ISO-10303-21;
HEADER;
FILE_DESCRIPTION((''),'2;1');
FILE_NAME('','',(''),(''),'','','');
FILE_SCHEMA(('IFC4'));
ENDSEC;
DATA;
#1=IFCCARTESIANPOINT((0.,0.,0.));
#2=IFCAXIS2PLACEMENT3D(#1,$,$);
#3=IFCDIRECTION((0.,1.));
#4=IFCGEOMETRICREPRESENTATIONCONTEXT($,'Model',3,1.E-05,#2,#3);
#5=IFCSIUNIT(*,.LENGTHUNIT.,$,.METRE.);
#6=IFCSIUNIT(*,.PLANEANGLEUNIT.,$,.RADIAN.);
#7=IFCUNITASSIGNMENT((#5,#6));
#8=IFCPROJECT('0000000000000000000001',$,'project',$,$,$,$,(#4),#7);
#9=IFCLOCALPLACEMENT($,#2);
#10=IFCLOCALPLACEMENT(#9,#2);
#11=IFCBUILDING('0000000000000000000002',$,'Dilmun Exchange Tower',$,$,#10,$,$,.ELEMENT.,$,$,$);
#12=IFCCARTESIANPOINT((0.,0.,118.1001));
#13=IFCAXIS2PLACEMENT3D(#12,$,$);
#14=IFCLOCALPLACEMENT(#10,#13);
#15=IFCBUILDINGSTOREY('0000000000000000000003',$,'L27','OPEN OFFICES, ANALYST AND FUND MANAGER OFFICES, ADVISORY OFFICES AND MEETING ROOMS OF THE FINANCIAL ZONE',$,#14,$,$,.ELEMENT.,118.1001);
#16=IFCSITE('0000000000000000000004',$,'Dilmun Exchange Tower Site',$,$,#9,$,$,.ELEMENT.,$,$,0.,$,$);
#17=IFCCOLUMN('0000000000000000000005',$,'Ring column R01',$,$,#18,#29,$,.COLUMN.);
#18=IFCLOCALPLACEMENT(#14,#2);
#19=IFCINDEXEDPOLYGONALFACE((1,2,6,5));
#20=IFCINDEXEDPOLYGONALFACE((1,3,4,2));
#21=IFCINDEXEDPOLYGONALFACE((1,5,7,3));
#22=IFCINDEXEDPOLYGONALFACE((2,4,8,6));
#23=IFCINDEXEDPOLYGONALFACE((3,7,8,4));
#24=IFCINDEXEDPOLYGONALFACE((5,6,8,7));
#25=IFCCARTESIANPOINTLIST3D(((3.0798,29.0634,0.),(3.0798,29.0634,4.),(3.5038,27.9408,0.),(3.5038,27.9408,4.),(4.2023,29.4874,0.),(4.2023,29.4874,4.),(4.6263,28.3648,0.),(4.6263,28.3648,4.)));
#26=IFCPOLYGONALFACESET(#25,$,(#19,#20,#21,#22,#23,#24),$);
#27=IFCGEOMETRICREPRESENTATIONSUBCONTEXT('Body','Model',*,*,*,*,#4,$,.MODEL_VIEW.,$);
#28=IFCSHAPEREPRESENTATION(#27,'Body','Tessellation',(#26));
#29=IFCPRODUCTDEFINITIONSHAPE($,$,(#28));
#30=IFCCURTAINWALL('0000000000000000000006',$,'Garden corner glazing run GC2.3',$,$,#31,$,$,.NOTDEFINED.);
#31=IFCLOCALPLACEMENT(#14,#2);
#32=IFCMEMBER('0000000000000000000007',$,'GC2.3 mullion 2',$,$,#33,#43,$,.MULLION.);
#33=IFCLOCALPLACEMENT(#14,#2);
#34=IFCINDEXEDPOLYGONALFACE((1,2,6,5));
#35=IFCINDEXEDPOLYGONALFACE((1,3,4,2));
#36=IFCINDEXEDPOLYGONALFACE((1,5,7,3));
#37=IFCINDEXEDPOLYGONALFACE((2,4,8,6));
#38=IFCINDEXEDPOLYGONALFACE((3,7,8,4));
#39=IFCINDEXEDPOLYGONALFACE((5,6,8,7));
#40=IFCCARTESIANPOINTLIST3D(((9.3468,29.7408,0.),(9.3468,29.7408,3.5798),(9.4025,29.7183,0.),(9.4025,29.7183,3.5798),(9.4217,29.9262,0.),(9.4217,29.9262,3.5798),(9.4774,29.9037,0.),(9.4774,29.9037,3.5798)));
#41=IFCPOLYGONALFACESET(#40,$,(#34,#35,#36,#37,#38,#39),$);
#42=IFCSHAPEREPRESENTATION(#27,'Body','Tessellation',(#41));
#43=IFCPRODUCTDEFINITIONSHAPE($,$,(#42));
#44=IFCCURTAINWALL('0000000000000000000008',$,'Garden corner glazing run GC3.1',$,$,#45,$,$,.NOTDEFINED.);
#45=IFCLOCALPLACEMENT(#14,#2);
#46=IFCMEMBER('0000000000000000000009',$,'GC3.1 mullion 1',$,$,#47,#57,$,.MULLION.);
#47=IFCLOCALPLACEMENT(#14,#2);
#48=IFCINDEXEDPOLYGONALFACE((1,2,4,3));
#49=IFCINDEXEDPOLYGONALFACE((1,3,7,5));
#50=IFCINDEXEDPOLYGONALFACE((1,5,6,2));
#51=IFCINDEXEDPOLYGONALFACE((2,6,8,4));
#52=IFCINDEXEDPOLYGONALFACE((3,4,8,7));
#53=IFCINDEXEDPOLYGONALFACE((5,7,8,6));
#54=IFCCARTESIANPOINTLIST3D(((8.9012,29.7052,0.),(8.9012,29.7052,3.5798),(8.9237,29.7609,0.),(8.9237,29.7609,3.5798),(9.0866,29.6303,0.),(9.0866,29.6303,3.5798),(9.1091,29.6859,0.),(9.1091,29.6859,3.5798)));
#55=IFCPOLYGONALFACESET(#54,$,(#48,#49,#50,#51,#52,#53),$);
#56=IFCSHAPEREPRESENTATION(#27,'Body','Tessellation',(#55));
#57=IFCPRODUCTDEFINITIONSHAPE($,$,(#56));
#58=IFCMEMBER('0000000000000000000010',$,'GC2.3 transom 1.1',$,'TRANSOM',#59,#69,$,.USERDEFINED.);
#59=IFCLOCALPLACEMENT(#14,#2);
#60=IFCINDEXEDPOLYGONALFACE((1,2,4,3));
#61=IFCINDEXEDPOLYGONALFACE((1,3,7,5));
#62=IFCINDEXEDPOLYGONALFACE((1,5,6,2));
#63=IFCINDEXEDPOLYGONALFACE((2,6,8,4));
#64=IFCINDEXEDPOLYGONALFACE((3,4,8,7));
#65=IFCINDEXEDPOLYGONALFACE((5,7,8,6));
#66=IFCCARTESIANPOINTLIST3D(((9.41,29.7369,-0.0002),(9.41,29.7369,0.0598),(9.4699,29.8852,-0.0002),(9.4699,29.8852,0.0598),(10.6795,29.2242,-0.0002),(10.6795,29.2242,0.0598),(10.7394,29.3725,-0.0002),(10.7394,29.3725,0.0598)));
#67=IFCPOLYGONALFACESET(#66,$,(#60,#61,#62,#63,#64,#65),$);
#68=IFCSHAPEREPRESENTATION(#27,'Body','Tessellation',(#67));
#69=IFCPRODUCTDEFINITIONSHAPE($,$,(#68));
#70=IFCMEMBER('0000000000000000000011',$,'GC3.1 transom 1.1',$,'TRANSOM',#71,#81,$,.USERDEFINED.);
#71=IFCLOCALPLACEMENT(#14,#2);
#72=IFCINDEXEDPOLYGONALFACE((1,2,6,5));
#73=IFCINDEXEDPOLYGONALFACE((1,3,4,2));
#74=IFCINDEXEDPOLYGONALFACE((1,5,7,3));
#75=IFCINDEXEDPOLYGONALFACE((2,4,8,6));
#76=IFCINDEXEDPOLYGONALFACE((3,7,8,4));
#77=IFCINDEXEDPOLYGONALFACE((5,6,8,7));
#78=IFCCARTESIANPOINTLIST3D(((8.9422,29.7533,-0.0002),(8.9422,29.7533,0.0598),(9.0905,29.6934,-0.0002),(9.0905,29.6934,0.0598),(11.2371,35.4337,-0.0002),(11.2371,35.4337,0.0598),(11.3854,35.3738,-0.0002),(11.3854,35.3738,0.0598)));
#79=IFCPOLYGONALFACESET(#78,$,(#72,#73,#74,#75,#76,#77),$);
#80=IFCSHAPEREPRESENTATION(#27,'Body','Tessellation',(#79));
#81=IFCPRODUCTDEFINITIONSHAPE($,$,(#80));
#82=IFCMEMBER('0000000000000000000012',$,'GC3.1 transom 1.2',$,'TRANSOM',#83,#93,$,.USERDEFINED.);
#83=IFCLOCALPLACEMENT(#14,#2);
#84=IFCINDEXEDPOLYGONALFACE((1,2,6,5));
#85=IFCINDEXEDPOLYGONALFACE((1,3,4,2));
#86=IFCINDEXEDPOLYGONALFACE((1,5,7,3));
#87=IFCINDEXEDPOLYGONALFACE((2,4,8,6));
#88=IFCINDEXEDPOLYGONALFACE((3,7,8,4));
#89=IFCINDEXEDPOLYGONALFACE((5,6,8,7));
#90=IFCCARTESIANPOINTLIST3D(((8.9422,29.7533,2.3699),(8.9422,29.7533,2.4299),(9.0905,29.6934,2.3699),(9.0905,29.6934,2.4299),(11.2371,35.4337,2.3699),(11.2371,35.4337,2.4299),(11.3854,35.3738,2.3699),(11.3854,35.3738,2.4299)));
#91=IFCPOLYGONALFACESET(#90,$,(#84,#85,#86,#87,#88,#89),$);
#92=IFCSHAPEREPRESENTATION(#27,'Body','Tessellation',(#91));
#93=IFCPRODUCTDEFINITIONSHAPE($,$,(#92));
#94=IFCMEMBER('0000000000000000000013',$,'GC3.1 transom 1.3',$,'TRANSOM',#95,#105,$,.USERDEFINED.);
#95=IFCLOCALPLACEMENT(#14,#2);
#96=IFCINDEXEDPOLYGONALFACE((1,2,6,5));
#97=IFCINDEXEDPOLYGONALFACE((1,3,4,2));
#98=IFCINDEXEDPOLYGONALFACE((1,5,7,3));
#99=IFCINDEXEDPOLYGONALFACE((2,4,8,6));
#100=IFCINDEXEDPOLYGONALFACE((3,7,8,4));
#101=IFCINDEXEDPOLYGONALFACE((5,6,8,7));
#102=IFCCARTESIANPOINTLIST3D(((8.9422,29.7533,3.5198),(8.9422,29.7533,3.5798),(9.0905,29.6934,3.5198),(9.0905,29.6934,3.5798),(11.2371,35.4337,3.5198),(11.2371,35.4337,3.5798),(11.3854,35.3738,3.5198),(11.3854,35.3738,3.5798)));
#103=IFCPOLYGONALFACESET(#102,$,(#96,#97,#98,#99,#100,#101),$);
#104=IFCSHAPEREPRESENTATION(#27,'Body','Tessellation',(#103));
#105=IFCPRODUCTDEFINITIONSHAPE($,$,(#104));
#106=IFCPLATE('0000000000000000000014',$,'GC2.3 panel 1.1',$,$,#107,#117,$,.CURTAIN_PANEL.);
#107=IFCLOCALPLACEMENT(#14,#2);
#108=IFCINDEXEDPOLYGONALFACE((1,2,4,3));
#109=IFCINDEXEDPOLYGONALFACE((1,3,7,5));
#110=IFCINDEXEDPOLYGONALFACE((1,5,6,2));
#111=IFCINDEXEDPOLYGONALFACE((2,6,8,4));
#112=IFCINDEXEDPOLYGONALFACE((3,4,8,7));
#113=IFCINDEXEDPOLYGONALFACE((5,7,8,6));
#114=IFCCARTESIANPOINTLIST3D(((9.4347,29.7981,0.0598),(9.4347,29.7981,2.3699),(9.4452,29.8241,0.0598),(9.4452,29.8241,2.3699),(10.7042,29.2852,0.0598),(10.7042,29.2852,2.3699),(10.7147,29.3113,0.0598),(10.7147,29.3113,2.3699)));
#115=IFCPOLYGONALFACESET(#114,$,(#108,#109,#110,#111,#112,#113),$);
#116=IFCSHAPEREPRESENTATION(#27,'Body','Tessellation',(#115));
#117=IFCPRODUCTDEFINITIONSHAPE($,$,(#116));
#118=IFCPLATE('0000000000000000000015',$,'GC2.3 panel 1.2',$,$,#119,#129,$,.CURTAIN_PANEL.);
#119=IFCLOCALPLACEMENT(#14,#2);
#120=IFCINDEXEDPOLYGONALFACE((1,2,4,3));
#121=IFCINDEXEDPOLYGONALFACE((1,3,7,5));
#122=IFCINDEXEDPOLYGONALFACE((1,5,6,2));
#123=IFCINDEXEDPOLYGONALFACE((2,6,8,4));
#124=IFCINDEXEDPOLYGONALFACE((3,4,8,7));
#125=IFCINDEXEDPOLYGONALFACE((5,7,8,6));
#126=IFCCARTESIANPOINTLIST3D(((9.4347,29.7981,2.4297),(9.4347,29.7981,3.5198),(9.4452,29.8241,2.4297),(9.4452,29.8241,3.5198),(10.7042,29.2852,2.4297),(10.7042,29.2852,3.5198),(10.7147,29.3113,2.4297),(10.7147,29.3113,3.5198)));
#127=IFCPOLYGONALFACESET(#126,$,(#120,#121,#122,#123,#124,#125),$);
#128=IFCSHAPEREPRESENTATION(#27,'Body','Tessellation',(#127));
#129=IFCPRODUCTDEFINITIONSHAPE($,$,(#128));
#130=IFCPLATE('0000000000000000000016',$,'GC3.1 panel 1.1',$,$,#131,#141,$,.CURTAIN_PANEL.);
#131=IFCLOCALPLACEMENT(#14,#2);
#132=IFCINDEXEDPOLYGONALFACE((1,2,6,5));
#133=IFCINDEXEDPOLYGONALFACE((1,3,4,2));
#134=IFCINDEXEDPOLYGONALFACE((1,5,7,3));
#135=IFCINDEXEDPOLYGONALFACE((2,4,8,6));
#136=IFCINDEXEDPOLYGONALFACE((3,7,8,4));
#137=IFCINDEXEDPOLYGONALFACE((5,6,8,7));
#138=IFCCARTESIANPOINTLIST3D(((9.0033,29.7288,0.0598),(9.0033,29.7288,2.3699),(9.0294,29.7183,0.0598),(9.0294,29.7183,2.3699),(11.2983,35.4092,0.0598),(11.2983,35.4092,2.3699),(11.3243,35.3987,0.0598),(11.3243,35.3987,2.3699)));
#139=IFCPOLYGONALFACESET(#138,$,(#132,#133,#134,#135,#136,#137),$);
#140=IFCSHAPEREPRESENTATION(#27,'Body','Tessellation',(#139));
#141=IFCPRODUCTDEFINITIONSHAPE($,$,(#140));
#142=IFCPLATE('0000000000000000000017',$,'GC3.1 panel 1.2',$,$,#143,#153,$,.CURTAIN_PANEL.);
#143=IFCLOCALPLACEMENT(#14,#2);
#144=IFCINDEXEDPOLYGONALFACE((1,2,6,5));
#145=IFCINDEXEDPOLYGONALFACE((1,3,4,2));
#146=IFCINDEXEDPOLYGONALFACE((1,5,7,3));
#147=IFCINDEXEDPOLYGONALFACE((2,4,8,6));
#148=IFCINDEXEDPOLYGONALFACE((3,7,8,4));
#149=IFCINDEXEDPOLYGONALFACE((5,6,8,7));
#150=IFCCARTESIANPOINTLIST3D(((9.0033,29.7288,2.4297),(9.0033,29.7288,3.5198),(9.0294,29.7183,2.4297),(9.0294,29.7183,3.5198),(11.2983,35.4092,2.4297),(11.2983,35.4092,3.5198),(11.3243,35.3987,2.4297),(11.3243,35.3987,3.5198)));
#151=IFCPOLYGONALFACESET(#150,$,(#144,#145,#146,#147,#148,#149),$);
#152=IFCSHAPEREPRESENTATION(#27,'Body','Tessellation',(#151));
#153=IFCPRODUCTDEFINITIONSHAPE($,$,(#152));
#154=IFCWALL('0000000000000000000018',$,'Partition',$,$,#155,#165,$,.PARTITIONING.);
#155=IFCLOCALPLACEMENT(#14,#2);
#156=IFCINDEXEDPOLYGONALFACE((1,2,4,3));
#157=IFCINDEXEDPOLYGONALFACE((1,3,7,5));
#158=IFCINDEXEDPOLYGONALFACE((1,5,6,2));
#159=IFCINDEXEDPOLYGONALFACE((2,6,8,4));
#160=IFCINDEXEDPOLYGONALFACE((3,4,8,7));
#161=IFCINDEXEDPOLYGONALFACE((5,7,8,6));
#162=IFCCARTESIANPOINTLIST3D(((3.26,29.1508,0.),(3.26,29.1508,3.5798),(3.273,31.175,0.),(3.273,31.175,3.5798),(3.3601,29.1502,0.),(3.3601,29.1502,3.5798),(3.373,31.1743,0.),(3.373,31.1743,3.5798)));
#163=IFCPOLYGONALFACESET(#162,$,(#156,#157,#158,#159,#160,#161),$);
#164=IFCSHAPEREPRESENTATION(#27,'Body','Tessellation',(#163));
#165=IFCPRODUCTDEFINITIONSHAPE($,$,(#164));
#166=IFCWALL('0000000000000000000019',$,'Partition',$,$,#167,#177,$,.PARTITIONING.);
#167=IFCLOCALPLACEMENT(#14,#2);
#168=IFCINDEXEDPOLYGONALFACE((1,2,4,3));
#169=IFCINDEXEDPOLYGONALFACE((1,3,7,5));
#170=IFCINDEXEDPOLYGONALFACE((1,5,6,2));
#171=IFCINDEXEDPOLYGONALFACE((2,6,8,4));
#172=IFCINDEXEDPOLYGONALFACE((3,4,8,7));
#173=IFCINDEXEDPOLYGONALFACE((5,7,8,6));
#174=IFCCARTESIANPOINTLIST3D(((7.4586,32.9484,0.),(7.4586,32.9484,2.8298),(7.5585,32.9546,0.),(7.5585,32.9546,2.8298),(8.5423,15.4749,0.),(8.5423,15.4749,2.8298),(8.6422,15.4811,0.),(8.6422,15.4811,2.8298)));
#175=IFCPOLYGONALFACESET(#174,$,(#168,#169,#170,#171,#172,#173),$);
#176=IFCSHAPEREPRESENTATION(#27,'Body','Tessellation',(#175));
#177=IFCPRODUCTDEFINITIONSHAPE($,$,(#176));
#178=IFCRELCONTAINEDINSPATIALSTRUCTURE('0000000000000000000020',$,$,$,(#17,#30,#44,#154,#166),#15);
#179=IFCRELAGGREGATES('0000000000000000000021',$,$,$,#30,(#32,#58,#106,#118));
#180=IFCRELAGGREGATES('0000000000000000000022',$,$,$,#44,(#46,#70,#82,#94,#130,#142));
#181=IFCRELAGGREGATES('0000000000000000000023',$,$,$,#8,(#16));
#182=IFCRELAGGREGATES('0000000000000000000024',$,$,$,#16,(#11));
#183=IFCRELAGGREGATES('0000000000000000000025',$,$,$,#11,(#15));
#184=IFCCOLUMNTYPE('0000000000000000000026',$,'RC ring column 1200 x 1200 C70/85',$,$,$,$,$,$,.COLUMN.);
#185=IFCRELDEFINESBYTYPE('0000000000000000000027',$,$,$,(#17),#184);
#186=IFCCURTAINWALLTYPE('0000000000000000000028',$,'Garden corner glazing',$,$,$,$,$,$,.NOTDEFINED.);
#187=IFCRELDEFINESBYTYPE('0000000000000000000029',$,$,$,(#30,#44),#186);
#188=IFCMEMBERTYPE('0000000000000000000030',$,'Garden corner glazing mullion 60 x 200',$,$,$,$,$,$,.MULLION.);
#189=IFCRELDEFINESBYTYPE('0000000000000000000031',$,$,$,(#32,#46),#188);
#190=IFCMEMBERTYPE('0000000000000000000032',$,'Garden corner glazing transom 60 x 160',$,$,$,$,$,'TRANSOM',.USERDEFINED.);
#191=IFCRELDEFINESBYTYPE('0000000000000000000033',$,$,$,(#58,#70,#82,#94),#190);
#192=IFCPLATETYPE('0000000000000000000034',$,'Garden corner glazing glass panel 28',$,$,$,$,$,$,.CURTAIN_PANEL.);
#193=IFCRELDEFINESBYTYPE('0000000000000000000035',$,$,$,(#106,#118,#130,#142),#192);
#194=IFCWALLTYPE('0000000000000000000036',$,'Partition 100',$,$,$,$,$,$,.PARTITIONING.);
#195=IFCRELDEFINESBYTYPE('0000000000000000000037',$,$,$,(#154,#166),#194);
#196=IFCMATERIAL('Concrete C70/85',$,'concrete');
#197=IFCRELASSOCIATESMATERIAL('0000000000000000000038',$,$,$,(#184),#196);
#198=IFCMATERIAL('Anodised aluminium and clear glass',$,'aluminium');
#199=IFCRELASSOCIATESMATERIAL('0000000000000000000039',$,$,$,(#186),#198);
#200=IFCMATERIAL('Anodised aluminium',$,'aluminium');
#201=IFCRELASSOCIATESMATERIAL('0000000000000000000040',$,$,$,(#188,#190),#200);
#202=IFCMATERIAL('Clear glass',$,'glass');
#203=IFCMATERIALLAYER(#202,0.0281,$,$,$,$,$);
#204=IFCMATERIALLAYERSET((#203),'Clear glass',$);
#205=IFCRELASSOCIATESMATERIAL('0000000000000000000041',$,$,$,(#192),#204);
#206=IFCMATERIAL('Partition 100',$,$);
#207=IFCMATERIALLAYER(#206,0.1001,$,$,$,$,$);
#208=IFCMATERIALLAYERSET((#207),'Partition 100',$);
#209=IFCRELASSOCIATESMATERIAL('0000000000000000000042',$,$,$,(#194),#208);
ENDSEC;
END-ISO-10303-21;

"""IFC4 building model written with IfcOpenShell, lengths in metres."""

from ifc_helpers import new_model, si_unit, direction, frame, frame_2d, origin, origin_2d, place, context, subcontext, project, spatial, rectangle, extrude, material, layer, layer_set, material_profile, profile_set, type_object, element, aggregate, save


model = new_model("IFC4")

# Units and contexts
model_context = context("Model", 3, precision=1e-05, world=origin(), true_north=direction((0.0, 1.0)))
body_context = subcontext(model_context, "Body", "Model", "MODEL_VIEW")
ifc_project = project(units=[si_unit("LENGTHUNIT", "METRE"), si_unit("PLANEANGLEUNIT", "RADIAN")], contexts=[model_context])

# Site, building, storey
site_placement = place(None, origin())
site = spatial("IfcSite", under=ifc_project, at=site_placement, Name="Dilmun Exchange Tower Site", CompositionType="ELEMENT", RefElevation=0.0)
building_placement = place(site_placement, origin())
building = spatial("IfcBuilding", under=site, at=building_placement, Name="Dilmun Exchange Tower", CompositionType="ELEMENT")
storey_placement = place(building_placement, frame((0.0, 0.0, 118.1001)))
storey = spatial("IfcBuildingStorey", under=building, at=storey_placement, Name="L27", Description="OPEN OFFICES, ANALYST AND FUND MANAGER OFFICES, ADVISORY OFFICES AND MEETING ROOMS OF THE FINANCIAL ZONE", CompositionType="ELEMENT", Elevation=118.1001)

# Column
ifc_material_1 = material(Name="Concrete C70/85", Category="concrete")
ifc_material_profile_1 = material_profile(ifc_material_1, rectangle(XDim=1.2, YDim=1.2, at=origin_2d()), Name="1200 x 1200")
ifc_profile_set_1 = profile_set([ifc_material_profile_1], Name="Concrete C70/85")
column_type = type_object("IfcColumnType", Name="RC ring column 1200 x 1200 C70/85", PredefinedType="COLUMN", material=ifc_profile_set_1)
column_placement = place(storey_placement, frame((3.853, 28.7141, 0.0), z_axis=(0.0, 0.0, 1.0), x_axis=(0.935492, 0.353349, 0.0)))
element("IfcColumn", 1, at=column_placement, inside=storey, type_object=column_type, Name="Ring column R01", PredefinedType="COLUMN", context=body_context, shape_type="SweptSolid", body=[
    extrude(rectangle(XDim=1.2, YDim=1.2, at=origin_2d()), origin(), (0.0, 0.0, 1.0), 4.0),
])

# Curtain walls, members
ifc_material_2 = material(Name="Anodised aluminium and clear glass", Category="aluminium")
curtain_wall_type = type_object("IfcCurtainWallType", Name="Garden corner glazing", PredefinedType="NOTDEFINED", material=ifc_material_2)
curtain_wall_1_placement = place(storey_placement, origin())
curtain_wall_1 = element("IfcCurtainWall", 2, at=curtain_wall_1_placement, inside=storey, type_object=curtain_wall_type, Name="Garden corner glazing run GC2.3", PredefinedType="NOTDEFINED")
ifc_material_3 = material(Name="Anodised aluminium", Category="aluminium")
ifc_material_profile_2 = material_profile(ifc_material_3, rectangle(XDim=0.2, YDim=0.0601, at=origin_2d()), Name="AL 60x200")
ifc_profile_set_2 = profile_set([ifc_material_profile_2], Name="Anodised aluminium")
member_type_1 = type_object("IfcMemberType", Name="Garden corner glazing mullion 60 x 200", PredefinedType="MULLION", material=ifc_profile_set_2)
member_1_placement = place(storey_placement, frame((9.4121, 29.8223, 0.0), z_axis=(0.0, 0.0, 1.0), x_axis=(-0.374584, -0.927193, 0.0)))
member_1 = element("IfcMember", 3, at=member_1_placement, type_object=member_type_1, Name="GC2.3 mullion 2", PredefinedType="MULLION", context=body_context, shape_type="SweptSolid", body=[
    extrude(rectangle(XDim=0.2, YDim=0.0601, at=origin_2d()), origin(), (0.0, 0.0, 1.0), 3.5798),
])
curtain_wall_2_placement = place(storey_placement, origin())
curtain_wall_2 = element("IfcCurtainWall", 4, at=curtain_wall_2_placement, inside=storey, type_object=curtain_wall_type, Name="Garden corner glazing run GC3.1", PredefinedType="NOTDEFINED")
member_2_placement = place(storey_placement, frame((9.0051, 29.6956, 0.0), z_axis=(0.0, 0.0, 1.0), x_axis=(-0.927187, 0.374599, 0.0)))
member_2 = element("IfcMember", 5, at=member_2_placement, type_object=member_type_1, Name="GC3.1 mullion 1", PredefinedType="MULLION", context=body_context, shape_type="SweptSolid", body=[
    extrude(rectangle(XDim=0.2, YDim=0.0601, at=origin_2d()), origin(), (0.0, 0.0, 1.0), 3.5798),
])

# Members
ifc_material_profile_3 = material_profile(ifc_material_3, rectangle(XDim=0.1599, YDim=0.0601, at=origin_2d()), Name="AL 60x160")
ifc_profile_set_3 = profile_set([ifc_material_profile_3], Name="Anodised aluminium")
member_type_2 = type_object("IfcMemberType", Name="Garden corner glazing transom 60 x 160", ElementType="TRANSOM", PredefinedType="USERDEFINED", material=ifc_profile_set_3)
member_3_placement = place(storey_placement, frame((10.7095, 29.2983, 0.0298), z_axis=(-0.927242, 0.374463, 0.0), x_axis=(-0.374463, -0.927242, 0.0)))
member_3 = element("IfcMember", 6, at=member_3_placement, type_object=member_type_2, Name="GC2.3 transom 1.1", ObjectType="TRANSOM", PredefinedType="USERDEFINED", context=body_context, shape_type="SweptSolid", body=[
    extrude(rectangle(XDim=0.1599, YDim=0.0601, at=origin_2d()), origin(), (0.0, 0.0, 1.0), 1.3691),
])
member_4_placement = place(storey_placement, frame((9.0164, 29.7234, 0.0298), z_axis=(0.37459, 0.92719, 0.0), x_axis=(-0.92719, 0.37459, 0.0)))
member_4 = element("IfcMember", 7, at=member_4_placement, type_object=member_type_2, Name="GC3.1 transom 1.1", ObjectType="TRANSOM", PredefinedType="USERDEFINED", context=body_context, shape_type="SweptSolid", body=[
    extrude(rectangle(XDim=0.1599, YDim=0.0601, at=origin_2d()), origin(), (0.0, 0.0, 1.0), 6.1265),
])
member_5_placement = place(storey_placement, frame((9.0164, 29.7234, 2.3999), z_axis=(0.37459, 0.92719, 0.0), x_axis=(-0.92719, 0.37459, 0.0)))
member_5 = element("IfcMember", 8, at=member_5_placement, type_object=member_type_2, Name="GC3.1 transom 1.2", ObjectType="TRANSOM", PredefinedType="USERDEFINED", context=body_context, shape_type="SweptSolid", body=[
    extrude(rectangle(XDim=0.1599, YDim=0.0601, at=origin_2d()), origin(), (0.0, 0.0, 1.0), 6.1265),
])
member_6_placement = place(storey_placement, frame((9.0164, 29.7234, 3.5498), z_axis=(0.37459, 0.92719, 0.0), x_axis=(-0.92719, 0.37459, 0.0)))
member_6 = element("IfcMember", 9, at=member_6_placement, type_object=member_type_2, Name="GC3.1 transom 1.3", ObjectType="TRANSOM", PredefinedType="USERDEFINED", context=body_context, shape_type="SweptSolid", body=[
    extrude(rectangle(XDim=0.1599, YDim=0.0601, at=origin_2d()), origin(), (0.0, 0.0, 1.0), 6.1265),
])

# Plates
ifc_material_4 = material(Name="Clear glass", Category="glass")
ifc_layer_1 = layer(ifc_material_4, 0.0281)
ifc_layer_set_1 = layer_set([ifc_layer_1], Name="Clear glass")
plate_type = type_object("IfcPlateType", Name="Garden corner glazing glass panel 28", PredefinedType="CURTAIN_PANEL", material=ifc_layer_set_1)
plate_1_placement = place(storey_placement, frame((10.0747, 29.5547, 0.0598), z_axis=(0.0, 0.0, 1.0), x_axis=(-0.927193, 0.374584, 0.0)))
plate_1 = element("IfcPlate", 10, at=plate_1_placement, type_object=plate_type, Name="GC2.3 panel 1.1", PredefinedType="CURTAIN_PANEL", context=body_context, shape_type="SweptSolid", body=[
    extrude(rectangle(XDim=1.3691, YDim=0.0281, at=origin_2d()), origin(), (0.0, 0.0, 1.0), 2.3101),
])
plate_2_placement = place(storey_placement, frame((10.0747, 29.5547, 2.4297), z_axis=(0.0, 0.0, 1.0), x_axis=(-0.927193, 0.374584, 0.0)))
plate_2 = element("IfcPlate", 11, at=plate_2_placement, type_object=plate_type, Name="GC2.3 panel 1.2", PredefinedType="CURTAIN_PANEL", context=body_context, shape_type="SweptSolid", body=[
    extrude(rectangle(XDim=1.3691, YDim=0.0281, at=origin_2d()), origin(), (0.0, 0.0, 1.0), 1.0901),
])
aggregate(curtain_wall_1, [member_1, member_3, plate_1, plate_2])
plate_3_placement = place(storey_placement, frame((10.1638, 32.5637, 0.0598), z_axis=(0.0, 0.0, 1.0), x_axis=(0.374599, 0.927187, 0.0)))
plate_3 = element("IfcPlate", 12, at=plate_3_placement, type_object=plate_type, Name="GC3.1 panel 1.1", PredefinedType="CURTAIN_PANEL", context=body_context, shape_type="SweptSolid", body=[
    extrude(rectangle(XDim=6.1265, YDim=0.0281, at=origin_2d()), origin(), (0.0, 0.0, 1.0), 2.3101),
])
plate_4_placement = place(storey_placement, frame((10.1638, 32.5637, 2.4297), z_axis=(0.0, 0.0, 1.0), x_axis=(0.374599, 0.927187, 0.0)))
plate_4 = element("IfcPlate", 13, at=plate_4_placement, type_object=plate_type, Name="GC3.1 panel 1.2", PredefinedType="CURTAIN_PANEL", context=body_context, shape_type="SweptSolid", body=[
    extrude(rectangle(XDim=6.1265, YDim=0.0281, at=origin_2d()), origin(), (0.0, 0.0, 1.0), 1.0901),
])
aggregate(curtain_wall_2, [member_2, member_4, member_5, member_6, plate_3, plate_4])

# Walls
ifc_material_5 = material(Name="Partition 100")
ifc_layer_2 = layer(ifc_material_5, 0.1001)
ifc_layer_set_2 = layer_set([ifc_layer_2], Name="Partition 100")
wall_type = type_object("IfcWallType", Name="Partition 100", PredefinedType="PARTITIONING", material=ifc_layer_set_2)
wall_1_placement = place(storey_placement, frame((3.3101, 29.1504, 0.0), z_axis=(0.0, 0.0, 1.0), x_axis=(0.006392, 0.99998, 0.0)))
element("IfcWall", 14, at=wall_1_placement, inside=storey, type_object=wall_type, Name="Partition", PredefinedType="PARTITIONING", context=body_context, shape_type="SweptSolid", body=[
    extrude(rectangle(XDim=2.0242, YDim=0.1001, at=frame_2d((1.0122, 0.0))), origin(), (0.0, 0.0, 1.0), 3.5798),
])
wall_2_placement = place(storey_placement, frame((7.5085, 32.9514, 0.0), z_axis=(0.0, 0.0, 1.0), x_axis=(0.061903, -0.998082, 0.0)))
element("IfcWall", 15, at=wall_2_placement, inside=storey, type_object=wall_type, Name="Partition", PredefinedType="PARTITIONING", context=body_context, shape_type="SweptSolid", body=[
    extrude(rectangle(XDim=17.5071, YDim=0.1001, at=frame_2d((8.7534, 0.0))), origin(), (0.0, 0.0, 1.0), 2.8298),
])

save(model, "model.ifc")
